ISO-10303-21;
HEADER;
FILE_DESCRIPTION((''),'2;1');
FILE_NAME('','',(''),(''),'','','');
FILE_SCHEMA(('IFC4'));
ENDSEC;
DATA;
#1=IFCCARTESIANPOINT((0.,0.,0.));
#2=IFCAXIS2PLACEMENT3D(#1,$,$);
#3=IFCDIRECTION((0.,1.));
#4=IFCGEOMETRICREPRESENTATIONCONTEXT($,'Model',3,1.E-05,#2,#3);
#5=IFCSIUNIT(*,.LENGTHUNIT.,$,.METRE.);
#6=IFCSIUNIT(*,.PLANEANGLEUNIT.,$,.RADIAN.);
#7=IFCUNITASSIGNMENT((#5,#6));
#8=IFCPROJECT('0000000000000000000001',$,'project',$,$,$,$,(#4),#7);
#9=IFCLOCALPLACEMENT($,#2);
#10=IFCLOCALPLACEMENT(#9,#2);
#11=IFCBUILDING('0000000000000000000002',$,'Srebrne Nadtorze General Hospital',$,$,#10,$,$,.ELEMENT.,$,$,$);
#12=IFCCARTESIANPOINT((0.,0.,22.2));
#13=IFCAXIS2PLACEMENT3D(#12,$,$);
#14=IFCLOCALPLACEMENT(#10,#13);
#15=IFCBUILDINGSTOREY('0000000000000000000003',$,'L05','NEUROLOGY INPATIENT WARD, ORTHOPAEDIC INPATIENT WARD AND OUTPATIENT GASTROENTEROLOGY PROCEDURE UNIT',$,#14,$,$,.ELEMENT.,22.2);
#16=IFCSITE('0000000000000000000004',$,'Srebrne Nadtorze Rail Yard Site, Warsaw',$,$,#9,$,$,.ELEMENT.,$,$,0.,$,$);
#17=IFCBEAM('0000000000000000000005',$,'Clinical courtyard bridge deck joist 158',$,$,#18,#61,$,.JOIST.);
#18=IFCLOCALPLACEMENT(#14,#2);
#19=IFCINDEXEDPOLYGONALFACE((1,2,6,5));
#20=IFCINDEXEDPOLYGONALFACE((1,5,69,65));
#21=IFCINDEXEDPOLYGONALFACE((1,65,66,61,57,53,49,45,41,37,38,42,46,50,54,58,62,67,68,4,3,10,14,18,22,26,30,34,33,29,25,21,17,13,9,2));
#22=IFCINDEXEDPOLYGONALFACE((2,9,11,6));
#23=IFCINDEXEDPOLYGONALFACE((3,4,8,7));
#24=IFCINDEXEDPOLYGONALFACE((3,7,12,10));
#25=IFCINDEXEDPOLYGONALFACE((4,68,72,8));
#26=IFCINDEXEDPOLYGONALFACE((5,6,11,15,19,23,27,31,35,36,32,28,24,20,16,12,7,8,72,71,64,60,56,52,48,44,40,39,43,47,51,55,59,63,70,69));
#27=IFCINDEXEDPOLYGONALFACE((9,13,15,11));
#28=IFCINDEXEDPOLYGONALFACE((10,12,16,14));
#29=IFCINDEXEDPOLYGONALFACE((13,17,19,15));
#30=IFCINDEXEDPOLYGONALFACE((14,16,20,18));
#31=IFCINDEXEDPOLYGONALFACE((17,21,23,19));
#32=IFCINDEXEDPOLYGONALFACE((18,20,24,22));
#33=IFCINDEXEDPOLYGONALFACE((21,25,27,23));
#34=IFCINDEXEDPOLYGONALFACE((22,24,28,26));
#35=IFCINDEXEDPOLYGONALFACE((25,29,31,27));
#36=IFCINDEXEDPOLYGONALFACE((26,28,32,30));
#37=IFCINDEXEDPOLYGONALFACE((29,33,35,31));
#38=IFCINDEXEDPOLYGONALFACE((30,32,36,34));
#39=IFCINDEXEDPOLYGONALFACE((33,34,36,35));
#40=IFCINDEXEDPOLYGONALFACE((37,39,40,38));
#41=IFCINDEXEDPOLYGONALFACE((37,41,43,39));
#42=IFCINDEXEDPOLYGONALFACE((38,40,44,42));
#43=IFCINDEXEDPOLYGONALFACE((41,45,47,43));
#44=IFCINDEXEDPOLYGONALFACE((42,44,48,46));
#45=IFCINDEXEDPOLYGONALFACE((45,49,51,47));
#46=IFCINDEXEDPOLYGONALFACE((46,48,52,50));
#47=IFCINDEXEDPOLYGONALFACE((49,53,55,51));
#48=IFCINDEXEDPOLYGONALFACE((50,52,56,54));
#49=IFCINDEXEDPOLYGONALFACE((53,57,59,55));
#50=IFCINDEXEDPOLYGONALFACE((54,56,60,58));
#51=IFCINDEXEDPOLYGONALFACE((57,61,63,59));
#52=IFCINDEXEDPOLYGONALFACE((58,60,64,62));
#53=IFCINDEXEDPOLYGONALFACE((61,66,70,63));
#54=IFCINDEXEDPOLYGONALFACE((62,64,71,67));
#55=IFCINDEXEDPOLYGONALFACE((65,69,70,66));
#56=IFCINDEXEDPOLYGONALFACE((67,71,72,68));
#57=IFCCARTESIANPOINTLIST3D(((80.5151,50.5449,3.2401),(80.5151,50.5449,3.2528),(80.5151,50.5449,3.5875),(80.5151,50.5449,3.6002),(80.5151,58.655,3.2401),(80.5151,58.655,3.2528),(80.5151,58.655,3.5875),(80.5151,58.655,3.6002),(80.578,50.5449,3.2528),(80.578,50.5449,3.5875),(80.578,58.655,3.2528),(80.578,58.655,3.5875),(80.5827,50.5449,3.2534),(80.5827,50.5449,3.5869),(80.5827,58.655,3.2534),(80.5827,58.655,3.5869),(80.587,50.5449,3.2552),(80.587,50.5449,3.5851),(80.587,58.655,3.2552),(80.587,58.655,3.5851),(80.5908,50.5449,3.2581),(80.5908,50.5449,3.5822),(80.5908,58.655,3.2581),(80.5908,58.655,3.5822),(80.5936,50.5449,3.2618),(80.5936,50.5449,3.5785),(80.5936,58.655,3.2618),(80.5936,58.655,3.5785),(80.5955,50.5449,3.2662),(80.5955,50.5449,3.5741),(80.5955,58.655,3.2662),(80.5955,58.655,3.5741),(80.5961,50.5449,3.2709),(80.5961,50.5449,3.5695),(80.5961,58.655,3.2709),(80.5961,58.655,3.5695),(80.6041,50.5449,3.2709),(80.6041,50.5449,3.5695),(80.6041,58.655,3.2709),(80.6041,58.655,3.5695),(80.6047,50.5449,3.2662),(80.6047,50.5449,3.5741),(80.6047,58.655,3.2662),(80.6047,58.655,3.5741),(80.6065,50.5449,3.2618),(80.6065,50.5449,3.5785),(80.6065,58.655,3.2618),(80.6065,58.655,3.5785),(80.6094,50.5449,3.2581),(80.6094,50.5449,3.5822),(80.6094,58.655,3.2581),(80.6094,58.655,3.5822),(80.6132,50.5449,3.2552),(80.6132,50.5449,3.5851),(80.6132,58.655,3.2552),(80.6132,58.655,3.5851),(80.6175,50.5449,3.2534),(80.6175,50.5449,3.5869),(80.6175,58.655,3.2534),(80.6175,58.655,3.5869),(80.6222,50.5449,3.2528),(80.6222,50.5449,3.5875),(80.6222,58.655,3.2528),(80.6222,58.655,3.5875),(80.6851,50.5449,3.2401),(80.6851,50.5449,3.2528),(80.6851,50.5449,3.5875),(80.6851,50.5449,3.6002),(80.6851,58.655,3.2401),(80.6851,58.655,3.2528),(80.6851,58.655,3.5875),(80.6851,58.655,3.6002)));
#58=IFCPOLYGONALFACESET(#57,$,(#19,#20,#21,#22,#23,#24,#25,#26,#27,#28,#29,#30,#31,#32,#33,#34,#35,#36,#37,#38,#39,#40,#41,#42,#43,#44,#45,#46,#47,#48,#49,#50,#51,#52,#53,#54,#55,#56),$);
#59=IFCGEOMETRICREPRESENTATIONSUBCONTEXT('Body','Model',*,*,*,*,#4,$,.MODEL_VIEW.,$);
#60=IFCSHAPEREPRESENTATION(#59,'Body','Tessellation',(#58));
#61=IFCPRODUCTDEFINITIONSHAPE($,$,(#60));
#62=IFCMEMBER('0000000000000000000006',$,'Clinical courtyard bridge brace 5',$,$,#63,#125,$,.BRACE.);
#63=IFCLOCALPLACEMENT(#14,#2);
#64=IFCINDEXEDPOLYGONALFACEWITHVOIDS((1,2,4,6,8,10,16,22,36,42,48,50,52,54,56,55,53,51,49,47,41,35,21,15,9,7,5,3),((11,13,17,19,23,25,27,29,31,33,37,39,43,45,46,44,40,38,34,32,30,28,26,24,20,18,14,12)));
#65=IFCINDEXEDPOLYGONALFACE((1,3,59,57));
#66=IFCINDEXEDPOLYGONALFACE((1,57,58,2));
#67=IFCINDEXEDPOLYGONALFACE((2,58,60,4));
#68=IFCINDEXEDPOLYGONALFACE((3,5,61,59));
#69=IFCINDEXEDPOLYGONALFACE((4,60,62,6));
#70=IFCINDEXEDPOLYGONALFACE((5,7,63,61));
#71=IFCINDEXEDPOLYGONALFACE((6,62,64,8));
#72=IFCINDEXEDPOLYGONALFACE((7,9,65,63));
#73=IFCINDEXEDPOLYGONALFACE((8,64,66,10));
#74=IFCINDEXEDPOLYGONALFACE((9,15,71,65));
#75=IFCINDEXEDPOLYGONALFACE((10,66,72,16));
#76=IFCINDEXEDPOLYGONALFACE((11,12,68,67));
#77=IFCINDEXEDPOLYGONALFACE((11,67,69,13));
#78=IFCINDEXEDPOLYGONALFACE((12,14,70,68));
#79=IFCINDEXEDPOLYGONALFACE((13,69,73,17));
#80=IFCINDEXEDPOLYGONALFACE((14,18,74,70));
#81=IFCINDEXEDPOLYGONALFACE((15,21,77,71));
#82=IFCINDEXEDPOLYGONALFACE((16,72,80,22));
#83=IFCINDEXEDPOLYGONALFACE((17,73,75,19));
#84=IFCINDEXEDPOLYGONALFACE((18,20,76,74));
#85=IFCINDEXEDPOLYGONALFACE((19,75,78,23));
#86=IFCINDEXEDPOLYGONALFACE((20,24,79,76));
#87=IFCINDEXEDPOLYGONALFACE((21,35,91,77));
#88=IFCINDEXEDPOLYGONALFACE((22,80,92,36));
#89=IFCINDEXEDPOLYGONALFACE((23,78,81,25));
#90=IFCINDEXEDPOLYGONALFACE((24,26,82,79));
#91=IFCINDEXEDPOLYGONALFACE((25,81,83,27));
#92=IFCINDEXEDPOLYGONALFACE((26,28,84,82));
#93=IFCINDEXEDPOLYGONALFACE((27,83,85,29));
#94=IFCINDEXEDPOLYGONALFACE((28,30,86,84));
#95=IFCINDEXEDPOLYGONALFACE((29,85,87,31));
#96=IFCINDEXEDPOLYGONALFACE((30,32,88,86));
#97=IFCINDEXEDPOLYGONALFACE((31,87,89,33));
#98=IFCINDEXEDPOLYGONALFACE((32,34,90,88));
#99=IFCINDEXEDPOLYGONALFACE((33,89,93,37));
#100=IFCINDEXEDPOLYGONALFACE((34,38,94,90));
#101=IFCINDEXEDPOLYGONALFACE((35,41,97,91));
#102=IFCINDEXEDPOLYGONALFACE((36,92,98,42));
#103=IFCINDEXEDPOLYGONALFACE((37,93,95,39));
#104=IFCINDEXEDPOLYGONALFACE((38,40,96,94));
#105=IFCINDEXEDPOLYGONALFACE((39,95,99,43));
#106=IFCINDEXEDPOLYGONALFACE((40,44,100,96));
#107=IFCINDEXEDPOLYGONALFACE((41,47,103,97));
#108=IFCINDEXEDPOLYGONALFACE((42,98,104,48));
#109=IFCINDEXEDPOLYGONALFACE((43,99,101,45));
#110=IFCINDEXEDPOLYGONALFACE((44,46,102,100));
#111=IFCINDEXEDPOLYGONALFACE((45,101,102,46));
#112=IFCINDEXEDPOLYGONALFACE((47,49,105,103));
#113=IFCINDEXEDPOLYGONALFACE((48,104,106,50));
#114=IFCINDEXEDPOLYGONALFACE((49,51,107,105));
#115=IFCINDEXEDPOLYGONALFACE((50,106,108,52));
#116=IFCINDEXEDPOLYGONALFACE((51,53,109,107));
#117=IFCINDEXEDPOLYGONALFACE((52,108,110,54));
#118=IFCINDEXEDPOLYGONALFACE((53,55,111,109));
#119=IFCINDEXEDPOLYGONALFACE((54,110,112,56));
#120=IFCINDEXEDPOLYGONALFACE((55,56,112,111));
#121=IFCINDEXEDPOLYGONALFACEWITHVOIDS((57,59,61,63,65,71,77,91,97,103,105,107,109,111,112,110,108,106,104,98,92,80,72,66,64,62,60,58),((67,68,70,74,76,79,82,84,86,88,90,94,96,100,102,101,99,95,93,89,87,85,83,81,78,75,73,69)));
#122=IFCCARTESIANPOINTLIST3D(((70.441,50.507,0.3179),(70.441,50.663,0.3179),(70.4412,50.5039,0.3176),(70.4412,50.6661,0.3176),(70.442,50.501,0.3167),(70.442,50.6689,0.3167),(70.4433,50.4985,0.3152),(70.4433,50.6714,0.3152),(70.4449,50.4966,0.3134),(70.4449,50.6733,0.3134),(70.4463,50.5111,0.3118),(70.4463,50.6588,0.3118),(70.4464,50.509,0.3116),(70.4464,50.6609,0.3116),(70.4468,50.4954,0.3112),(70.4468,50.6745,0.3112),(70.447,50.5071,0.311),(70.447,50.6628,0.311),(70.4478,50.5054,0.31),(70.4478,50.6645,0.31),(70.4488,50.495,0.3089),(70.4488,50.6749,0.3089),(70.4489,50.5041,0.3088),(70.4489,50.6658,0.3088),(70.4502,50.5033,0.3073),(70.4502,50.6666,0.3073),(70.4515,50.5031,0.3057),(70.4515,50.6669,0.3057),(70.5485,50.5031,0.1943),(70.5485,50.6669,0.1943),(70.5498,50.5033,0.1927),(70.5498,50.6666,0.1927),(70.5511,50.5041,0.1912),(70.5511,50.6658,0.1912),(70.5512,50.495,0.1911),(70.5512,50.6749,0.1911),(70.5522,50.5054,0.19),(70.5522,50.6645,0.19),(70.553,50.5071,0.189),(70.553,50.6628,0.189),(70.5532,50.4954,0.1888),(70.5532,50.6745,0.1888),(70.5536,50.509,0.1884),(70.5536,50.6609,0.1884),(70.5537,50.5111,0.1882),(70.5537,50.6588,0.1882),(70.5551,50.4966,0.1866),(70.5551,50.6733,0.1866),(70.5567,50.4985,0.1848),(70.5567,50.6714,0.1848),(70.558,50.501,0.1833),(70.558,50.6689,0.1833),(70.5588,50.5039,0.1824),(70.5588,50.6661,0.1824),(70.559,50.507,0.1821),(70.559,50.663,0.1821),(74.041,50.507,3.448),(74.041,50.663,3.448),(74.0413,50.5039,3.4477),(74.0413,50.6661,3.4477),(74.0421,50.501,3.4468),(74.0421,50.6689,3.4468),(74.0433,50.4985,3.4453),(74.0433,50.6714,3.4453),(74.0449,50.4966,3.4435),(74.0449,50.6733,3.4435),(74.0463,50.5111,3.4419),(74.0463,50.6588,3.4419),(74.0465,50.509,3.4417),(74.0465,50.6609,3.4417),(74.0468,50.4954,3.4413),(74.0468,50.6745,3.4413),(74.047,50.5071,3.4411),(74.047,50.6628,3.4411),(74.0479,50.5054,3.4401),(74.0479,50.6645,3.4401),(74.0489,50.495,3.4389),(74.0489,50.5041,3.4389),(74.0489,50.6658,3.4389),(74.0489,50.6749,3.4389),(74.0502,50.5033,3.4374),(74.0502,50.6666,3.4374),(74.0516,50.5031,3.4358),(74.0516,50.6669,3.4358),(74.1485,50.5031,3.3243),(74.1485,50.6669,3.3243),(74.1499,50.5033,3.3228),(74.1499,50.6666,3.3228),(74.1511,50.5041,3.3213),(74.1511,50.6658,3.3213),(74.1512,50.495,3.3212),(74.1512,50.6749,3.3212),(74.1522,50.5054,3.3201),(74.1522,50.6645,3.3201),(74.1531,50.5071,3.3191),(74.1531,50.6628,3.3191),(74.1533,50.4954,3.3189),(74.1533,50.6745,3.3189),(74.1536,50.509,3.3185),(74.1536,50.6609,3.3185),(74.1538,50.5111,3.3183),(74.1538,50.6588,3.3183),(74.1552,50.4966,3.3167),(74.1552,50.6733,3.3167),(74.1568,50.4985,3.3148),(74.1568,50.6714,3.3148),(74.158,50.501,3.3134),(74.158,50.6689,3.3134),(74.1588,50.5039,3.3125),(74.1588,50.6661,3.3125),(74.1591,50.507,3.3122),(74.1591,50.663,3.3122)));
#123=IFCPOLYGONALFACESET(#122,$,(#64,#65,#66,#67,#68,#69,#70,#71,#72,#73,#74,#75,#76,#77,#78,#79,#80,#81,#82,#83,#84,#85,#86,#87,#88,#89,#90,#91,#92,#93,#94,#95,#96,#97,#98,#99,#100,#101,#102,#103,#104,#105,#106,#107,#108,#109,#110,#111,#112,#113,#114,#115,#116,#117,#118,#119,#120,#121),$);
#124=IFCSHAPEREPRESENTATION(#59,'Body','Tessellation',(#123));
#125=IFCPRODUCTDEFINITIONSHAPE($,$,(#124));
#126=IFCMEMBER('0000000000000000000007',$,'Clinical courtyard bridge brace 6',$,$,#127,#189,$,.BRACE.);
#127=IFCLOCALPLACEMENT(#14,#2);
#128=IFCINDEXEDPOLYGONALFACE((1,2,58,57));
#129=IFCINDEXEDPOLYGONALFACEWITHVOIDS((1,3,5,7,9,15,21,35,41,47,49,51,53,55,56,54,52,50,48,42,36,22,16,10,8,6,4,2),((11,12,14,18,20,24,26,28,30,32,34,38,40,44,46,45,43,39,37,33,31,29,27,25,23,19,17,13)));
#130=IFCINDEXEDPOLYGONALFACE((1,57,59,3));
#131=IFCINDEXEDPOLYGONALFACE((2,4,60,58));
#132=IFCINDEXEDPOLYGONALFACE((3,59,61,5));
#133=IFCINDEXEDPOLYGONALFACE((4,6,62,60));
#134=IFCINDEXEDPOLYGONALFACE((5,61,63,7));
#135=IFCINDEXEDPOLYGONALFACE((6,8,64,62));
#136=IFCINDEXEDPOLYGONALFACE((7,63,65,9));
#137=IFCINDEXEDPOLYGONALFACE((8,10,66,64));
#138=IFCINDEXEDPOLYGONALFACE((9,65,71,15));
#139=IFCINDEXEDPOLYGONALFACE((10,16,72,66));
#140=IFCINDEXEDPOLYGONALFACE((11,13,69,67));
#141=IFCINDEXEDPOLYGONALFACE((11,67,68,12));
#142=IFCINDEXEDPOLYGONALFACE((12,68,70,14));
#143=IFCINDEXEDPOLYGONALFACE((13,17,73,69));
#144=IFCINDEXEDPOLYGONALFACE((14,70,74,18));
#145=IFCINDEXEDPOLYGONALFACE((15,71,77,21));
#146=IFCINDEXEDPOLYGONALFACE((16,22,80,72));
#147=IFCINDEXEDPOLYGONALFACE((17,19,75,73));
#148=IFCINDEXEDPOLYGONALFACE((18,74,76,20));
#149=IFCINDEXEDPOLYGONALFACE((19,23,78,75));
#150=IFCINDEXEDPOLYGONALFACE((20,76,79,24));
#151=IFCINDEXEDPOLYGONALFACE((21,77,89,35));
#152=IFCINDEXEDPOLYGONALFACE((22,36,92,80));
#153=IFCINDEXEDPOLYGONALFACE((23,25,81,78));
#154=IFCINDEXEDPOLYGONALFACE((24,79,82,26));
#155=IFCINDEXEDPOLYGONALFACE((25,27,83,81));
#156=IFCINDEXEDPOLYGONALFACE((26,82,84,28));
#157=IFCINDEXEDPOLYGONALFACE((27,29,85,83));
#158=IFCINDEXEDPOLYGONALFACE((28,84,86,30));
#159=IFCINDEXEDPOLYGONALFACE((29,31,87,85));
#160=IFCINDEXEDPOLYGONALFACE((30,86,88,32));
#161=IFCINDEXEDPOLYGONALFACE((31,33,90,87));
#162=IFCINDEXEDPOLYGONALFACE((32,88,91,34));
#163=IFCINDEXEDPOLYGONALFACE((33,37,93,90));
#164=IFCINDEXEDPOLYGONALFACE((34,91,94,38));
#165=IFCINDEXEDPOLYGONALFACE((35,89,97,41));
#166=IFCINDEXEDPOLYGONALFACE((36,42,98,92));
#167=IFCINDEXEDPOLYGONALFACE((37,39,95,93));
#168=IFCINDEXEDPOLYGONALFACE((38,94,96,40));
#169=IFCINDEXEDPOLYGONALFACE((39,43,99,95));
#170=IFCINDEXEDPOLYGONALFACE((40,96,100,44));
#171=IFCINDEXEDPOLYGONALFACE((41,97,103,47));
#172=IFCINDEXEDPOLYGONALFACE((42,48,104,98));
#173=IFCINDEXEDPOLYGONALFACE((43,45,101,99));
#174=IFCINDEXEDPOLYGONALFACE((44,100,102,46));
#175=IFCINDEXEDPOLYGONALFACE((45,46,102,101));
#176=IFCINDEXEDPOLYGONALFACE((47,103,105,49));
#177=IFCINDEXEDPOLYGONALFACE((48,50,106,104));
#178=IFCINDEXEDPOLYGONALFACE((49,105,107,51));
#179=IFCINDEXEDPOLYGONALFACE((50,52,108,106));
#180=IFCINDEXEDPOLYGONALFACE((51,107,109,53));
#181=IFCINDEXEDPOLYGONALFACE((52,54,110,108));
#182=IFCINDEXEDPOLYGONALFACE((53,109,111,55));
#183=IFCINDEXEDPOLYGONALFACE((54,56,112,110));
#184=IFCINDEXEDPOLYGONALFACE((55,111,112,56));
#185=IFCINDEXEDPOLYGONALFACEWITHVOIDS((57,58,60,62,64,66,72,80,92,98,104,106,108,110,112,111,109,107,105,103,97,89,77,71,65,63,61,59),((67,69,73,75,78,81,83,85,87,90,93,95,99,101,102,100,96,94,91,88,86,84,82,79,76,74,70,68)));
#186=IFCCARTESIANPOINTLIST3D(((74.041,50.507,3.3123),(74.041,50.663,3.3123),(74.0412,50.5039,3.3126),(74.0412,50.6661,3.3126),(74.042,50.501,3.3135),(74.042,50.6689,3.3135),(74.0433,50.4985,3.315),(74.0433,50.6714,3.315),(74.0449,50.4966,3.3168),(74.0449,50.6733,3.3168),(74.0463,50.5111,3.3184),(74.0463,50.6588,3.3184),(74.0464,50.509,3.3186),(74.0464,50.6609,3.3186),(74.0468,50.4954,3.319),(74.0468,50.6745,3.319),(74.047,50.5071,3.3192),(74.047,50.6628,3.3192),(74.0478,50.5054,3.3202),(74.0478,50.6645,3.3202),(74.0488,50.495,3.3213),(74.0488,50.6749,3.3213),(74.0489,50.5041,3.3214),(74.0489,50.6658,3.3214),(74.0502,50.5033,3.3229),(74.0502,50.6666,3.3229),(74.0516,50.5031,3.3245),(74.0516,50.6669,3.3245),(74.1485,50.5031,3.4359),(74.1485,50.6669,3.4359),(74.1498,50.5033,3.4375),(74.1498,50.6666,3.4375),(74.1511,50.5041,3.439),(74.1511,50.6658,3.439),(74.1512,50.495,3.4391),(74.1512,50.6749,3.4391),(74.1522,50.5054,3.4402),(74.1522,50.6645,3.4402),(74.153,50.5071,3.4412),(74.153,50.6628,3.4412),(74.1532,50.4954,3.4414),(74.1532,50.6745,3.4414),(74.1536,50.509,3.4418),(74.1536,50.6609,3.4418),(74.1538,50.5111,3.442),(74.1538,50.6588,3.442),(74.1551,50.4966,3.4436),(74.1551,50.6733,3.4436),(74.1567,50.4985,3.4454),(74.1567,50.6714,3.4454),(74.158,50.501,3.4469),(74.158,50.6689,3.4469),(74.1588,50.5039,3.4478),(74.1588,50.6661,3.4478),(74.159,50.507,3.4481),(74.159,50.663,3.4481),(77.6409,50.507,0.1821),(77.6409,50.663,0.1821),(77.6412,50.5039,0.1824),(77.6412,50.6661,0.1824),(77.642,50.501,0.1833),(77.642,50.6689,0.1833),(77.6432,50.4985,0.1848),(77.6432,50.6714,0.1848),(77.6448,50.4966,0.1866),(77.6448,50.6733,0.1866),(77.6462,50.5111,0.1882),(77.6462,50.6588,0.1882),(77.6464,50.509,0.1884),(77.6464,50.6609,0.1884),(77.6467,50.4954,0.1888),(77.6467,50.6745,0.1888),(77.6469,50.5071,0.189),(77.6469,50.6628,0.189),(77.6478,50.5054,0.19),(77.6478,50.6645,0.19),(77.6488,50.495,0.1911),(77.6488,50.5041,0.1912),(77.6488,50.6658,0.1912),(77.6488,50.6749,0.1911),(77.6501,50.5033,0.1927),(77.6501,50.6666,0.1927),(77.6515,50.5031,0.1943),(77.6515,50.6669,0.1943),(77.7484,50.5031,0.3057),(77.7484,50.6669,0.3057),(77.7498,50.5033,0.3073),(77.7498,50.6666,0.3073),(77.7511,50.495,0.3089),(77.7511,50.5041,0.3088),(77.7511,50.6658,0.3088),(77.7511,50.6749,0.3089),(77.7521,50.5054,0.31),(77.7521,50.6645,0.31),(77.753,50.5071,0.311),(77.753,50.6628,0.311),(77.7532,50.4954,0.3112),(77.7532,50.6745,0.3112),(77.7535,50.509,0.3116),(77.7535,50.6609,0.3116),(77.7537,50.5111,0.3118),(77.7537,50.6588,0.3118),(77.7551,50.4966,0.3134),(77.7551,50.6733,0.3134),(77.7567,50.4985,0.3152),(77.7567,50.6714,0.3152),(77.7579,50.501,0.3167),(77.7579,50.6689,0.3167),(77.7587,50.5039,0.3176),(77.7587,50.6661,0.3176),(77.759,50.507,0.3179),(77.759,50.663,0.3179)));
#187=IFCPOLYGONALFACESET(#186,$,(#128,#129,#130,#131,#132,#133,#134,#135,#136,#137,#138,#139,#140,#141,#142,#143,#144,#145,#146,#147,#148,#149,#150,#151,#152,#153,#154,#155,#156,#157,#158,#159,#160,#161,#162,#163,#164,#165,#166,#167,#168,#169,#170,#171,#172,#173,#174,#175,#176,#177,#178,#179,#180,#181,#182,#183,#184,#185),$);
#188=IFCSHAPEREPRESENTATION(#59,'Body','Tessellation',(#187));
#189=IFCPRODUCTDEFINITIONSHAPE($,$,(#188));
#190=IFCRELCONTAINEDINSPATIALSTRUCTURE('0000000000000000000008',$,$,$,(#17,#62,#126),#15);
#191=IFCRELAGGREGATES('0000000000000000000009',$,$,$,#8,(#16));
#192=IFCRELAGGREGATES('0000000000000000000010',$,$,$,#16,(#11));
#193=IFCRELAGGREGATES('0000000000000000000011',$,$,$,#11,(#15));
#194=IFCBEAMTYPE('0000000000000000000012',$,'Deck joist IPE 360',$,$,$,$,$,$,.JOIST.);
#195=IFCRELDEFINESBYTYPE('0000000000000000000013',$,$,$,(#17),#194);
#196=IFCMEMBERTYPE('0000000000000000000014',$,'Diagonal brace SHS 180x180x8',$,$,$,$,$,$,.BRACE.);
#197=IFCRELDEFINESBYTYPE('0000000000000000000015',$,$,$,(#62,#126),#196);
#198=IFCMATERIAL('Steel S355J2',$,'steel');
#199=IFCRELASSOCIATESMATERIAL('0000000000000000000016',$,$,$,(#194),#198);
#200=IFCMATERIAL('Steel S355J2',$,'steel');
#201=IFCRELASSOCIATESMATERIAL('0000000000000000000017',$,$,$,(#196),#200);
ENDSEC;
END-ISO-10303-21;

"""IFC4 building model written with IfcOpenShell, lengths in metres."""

from ifc_helpers import new_model, si_unit, direction, frame, origin, origin_2d, place, context, subcontext, project, spatial, hollow_rectangle, i_section, extrude, material, material_profile, profile_set, type_object, element, save


model = new_model("IFC4")

# Units and contexts
model_context = context("Model", 3, precision=1e-05, world=origin(), true_north=direction((0.0, 1.0)))
body_context = subcontext(model_context, "Body", "Model", "MODEL_VIEW")
ifc_project = project(units=[si_unit("LENGTHUNIT", "METRE"), si_unit("PLANEANGLEUNIT", "RADIAN")], contexts=[model_context])

# Site, building, storey
site_placement = place(None, origin())
site = spatial("IfcSite", under=ifc_project, at=site_placement, Name="Srebrne Nadtorze Rail Yard Site, Warsaw", CompositionType="ELEMENT", RefElevation=0.0)
building_placement = place(site_placement, origin())
building = spatial("IfcBuilding", under=site, at=building_placement, Name="Srebrne Nadtorze General Hospital", CompositionType="ELEMENT")
storey_placement = place(building_placement, frame((0.0, 0.0, 22.2)))
storey = spatial("IfcBuildingStorey", under=building, at=storey_placement, Name="L05", Description="NEUROLOGY INPATIENT WARD, ORTHOPAEDIC INPATIENT WARD AND OUTPATIENT GASTROENTEROLOGY PROCEDURE UNIT", CompositionType="ELEMENT", Elevation=22.2)

# Beam
ifc_material_1 = material(Name="Steel S355J2", Category="steel")
ifc_material_profile_1 = material_profile(ifc_material_1, i_section(OverallWidth=0.1699, OverallDepth=0.3601, WebThickness=0.0081, FlangeThickness=0.0127, FilletRadius=0.0181, at=origin_2d()), Name="IPE-360")
ifc_profile_set_1 = profile_set([ifc_material_profile_1], Name="Steel S355J2")
beam_type_1 = type_object("IfcBeamType", Name="Deck joist IPE 360", PredefinedType="JOIST", material=ifc_profile_set_1)
for number, where, z_axis, x_axis, name in (
    (1, (80.6001, 50.5449, 3.4202), (0.0, 1.0, 0.0), (-1.0, 0.0, 0.0), "Clinical courtyard bridge deck joist 158"),
):
    element("IfcBeam", number, at=place(storey_placement, frame(where, z_axis=z_axis, x_axis=x_axis)), inside=storey, type_object=beam_type_1, Name=name, PredefinedType="JOIST", context=body_context, shape_type="SweptSolid", body=[
        extrude(i_section(OverallWidth=0.1699, OverallDepth=0.3601, WebThickness=0.0081, FlangeThickness=0.0127, FilletRadius=0.0181, at=origin_2d()), origin(), (0.0, 0.0, 1.0), 8.1101),
    ])

# Members
ifc_material_2 = material(Name="Steel S355J2", Category="steel")
ifc_material_profile_2 = material_profile(ifc_material_2, hollow_rectangle(XDim=0.1799, YDim=0.1799, WallThickness=0.0081, InnerFilletRadius=0.0081, OuterFilletRadius=0.012, at=origin_2d()), Name="SHS-180x180x8")
ifc_profile_set_2 = profile_set([ifc_material_profile_2], Name="Steel S355J2")
member_type_1 = type_object("IfcMemberType", Name="Diagonal brace SHS 180x180x8", PredefinedType="BRACE", material=ifc_profile_set_2)
for number, where, z_axis, x_axis, name in (
    (2, (70.5, 50.585, 0.25), (0.754646, 0.0, 0.656132), (0.0, 1.0, 0.0), "Clinical courtyard bridge brace 5"),
    (3, (77.7, 50.585, 0.25), (-0.754624, 0.0, 0.656157), (0.0, -1.0, 0.0), "Clinical courtyard bridge brace 6"),
):
    element("IfcMember", number, at=place(storey_placement, frame(where, z_axis=z_axis, x_axis=x_axis)), inside=storey, type_object=member_type_1, Name=name, PredefinedType="BRACE", context=body_context, shape_type="SweptSolid", body=[
        extrude(hollow_rectangle(XDim=0.1799, YDim=0.1799, WallThickness=0.0081, InnerFilletRadius=0.0081, OuterFilletRadius=0.012, at=origin_2d()), origin(), (0.0, 0.0, 1.0), 4.7705),
    ])

save(model, "model.ifc")
